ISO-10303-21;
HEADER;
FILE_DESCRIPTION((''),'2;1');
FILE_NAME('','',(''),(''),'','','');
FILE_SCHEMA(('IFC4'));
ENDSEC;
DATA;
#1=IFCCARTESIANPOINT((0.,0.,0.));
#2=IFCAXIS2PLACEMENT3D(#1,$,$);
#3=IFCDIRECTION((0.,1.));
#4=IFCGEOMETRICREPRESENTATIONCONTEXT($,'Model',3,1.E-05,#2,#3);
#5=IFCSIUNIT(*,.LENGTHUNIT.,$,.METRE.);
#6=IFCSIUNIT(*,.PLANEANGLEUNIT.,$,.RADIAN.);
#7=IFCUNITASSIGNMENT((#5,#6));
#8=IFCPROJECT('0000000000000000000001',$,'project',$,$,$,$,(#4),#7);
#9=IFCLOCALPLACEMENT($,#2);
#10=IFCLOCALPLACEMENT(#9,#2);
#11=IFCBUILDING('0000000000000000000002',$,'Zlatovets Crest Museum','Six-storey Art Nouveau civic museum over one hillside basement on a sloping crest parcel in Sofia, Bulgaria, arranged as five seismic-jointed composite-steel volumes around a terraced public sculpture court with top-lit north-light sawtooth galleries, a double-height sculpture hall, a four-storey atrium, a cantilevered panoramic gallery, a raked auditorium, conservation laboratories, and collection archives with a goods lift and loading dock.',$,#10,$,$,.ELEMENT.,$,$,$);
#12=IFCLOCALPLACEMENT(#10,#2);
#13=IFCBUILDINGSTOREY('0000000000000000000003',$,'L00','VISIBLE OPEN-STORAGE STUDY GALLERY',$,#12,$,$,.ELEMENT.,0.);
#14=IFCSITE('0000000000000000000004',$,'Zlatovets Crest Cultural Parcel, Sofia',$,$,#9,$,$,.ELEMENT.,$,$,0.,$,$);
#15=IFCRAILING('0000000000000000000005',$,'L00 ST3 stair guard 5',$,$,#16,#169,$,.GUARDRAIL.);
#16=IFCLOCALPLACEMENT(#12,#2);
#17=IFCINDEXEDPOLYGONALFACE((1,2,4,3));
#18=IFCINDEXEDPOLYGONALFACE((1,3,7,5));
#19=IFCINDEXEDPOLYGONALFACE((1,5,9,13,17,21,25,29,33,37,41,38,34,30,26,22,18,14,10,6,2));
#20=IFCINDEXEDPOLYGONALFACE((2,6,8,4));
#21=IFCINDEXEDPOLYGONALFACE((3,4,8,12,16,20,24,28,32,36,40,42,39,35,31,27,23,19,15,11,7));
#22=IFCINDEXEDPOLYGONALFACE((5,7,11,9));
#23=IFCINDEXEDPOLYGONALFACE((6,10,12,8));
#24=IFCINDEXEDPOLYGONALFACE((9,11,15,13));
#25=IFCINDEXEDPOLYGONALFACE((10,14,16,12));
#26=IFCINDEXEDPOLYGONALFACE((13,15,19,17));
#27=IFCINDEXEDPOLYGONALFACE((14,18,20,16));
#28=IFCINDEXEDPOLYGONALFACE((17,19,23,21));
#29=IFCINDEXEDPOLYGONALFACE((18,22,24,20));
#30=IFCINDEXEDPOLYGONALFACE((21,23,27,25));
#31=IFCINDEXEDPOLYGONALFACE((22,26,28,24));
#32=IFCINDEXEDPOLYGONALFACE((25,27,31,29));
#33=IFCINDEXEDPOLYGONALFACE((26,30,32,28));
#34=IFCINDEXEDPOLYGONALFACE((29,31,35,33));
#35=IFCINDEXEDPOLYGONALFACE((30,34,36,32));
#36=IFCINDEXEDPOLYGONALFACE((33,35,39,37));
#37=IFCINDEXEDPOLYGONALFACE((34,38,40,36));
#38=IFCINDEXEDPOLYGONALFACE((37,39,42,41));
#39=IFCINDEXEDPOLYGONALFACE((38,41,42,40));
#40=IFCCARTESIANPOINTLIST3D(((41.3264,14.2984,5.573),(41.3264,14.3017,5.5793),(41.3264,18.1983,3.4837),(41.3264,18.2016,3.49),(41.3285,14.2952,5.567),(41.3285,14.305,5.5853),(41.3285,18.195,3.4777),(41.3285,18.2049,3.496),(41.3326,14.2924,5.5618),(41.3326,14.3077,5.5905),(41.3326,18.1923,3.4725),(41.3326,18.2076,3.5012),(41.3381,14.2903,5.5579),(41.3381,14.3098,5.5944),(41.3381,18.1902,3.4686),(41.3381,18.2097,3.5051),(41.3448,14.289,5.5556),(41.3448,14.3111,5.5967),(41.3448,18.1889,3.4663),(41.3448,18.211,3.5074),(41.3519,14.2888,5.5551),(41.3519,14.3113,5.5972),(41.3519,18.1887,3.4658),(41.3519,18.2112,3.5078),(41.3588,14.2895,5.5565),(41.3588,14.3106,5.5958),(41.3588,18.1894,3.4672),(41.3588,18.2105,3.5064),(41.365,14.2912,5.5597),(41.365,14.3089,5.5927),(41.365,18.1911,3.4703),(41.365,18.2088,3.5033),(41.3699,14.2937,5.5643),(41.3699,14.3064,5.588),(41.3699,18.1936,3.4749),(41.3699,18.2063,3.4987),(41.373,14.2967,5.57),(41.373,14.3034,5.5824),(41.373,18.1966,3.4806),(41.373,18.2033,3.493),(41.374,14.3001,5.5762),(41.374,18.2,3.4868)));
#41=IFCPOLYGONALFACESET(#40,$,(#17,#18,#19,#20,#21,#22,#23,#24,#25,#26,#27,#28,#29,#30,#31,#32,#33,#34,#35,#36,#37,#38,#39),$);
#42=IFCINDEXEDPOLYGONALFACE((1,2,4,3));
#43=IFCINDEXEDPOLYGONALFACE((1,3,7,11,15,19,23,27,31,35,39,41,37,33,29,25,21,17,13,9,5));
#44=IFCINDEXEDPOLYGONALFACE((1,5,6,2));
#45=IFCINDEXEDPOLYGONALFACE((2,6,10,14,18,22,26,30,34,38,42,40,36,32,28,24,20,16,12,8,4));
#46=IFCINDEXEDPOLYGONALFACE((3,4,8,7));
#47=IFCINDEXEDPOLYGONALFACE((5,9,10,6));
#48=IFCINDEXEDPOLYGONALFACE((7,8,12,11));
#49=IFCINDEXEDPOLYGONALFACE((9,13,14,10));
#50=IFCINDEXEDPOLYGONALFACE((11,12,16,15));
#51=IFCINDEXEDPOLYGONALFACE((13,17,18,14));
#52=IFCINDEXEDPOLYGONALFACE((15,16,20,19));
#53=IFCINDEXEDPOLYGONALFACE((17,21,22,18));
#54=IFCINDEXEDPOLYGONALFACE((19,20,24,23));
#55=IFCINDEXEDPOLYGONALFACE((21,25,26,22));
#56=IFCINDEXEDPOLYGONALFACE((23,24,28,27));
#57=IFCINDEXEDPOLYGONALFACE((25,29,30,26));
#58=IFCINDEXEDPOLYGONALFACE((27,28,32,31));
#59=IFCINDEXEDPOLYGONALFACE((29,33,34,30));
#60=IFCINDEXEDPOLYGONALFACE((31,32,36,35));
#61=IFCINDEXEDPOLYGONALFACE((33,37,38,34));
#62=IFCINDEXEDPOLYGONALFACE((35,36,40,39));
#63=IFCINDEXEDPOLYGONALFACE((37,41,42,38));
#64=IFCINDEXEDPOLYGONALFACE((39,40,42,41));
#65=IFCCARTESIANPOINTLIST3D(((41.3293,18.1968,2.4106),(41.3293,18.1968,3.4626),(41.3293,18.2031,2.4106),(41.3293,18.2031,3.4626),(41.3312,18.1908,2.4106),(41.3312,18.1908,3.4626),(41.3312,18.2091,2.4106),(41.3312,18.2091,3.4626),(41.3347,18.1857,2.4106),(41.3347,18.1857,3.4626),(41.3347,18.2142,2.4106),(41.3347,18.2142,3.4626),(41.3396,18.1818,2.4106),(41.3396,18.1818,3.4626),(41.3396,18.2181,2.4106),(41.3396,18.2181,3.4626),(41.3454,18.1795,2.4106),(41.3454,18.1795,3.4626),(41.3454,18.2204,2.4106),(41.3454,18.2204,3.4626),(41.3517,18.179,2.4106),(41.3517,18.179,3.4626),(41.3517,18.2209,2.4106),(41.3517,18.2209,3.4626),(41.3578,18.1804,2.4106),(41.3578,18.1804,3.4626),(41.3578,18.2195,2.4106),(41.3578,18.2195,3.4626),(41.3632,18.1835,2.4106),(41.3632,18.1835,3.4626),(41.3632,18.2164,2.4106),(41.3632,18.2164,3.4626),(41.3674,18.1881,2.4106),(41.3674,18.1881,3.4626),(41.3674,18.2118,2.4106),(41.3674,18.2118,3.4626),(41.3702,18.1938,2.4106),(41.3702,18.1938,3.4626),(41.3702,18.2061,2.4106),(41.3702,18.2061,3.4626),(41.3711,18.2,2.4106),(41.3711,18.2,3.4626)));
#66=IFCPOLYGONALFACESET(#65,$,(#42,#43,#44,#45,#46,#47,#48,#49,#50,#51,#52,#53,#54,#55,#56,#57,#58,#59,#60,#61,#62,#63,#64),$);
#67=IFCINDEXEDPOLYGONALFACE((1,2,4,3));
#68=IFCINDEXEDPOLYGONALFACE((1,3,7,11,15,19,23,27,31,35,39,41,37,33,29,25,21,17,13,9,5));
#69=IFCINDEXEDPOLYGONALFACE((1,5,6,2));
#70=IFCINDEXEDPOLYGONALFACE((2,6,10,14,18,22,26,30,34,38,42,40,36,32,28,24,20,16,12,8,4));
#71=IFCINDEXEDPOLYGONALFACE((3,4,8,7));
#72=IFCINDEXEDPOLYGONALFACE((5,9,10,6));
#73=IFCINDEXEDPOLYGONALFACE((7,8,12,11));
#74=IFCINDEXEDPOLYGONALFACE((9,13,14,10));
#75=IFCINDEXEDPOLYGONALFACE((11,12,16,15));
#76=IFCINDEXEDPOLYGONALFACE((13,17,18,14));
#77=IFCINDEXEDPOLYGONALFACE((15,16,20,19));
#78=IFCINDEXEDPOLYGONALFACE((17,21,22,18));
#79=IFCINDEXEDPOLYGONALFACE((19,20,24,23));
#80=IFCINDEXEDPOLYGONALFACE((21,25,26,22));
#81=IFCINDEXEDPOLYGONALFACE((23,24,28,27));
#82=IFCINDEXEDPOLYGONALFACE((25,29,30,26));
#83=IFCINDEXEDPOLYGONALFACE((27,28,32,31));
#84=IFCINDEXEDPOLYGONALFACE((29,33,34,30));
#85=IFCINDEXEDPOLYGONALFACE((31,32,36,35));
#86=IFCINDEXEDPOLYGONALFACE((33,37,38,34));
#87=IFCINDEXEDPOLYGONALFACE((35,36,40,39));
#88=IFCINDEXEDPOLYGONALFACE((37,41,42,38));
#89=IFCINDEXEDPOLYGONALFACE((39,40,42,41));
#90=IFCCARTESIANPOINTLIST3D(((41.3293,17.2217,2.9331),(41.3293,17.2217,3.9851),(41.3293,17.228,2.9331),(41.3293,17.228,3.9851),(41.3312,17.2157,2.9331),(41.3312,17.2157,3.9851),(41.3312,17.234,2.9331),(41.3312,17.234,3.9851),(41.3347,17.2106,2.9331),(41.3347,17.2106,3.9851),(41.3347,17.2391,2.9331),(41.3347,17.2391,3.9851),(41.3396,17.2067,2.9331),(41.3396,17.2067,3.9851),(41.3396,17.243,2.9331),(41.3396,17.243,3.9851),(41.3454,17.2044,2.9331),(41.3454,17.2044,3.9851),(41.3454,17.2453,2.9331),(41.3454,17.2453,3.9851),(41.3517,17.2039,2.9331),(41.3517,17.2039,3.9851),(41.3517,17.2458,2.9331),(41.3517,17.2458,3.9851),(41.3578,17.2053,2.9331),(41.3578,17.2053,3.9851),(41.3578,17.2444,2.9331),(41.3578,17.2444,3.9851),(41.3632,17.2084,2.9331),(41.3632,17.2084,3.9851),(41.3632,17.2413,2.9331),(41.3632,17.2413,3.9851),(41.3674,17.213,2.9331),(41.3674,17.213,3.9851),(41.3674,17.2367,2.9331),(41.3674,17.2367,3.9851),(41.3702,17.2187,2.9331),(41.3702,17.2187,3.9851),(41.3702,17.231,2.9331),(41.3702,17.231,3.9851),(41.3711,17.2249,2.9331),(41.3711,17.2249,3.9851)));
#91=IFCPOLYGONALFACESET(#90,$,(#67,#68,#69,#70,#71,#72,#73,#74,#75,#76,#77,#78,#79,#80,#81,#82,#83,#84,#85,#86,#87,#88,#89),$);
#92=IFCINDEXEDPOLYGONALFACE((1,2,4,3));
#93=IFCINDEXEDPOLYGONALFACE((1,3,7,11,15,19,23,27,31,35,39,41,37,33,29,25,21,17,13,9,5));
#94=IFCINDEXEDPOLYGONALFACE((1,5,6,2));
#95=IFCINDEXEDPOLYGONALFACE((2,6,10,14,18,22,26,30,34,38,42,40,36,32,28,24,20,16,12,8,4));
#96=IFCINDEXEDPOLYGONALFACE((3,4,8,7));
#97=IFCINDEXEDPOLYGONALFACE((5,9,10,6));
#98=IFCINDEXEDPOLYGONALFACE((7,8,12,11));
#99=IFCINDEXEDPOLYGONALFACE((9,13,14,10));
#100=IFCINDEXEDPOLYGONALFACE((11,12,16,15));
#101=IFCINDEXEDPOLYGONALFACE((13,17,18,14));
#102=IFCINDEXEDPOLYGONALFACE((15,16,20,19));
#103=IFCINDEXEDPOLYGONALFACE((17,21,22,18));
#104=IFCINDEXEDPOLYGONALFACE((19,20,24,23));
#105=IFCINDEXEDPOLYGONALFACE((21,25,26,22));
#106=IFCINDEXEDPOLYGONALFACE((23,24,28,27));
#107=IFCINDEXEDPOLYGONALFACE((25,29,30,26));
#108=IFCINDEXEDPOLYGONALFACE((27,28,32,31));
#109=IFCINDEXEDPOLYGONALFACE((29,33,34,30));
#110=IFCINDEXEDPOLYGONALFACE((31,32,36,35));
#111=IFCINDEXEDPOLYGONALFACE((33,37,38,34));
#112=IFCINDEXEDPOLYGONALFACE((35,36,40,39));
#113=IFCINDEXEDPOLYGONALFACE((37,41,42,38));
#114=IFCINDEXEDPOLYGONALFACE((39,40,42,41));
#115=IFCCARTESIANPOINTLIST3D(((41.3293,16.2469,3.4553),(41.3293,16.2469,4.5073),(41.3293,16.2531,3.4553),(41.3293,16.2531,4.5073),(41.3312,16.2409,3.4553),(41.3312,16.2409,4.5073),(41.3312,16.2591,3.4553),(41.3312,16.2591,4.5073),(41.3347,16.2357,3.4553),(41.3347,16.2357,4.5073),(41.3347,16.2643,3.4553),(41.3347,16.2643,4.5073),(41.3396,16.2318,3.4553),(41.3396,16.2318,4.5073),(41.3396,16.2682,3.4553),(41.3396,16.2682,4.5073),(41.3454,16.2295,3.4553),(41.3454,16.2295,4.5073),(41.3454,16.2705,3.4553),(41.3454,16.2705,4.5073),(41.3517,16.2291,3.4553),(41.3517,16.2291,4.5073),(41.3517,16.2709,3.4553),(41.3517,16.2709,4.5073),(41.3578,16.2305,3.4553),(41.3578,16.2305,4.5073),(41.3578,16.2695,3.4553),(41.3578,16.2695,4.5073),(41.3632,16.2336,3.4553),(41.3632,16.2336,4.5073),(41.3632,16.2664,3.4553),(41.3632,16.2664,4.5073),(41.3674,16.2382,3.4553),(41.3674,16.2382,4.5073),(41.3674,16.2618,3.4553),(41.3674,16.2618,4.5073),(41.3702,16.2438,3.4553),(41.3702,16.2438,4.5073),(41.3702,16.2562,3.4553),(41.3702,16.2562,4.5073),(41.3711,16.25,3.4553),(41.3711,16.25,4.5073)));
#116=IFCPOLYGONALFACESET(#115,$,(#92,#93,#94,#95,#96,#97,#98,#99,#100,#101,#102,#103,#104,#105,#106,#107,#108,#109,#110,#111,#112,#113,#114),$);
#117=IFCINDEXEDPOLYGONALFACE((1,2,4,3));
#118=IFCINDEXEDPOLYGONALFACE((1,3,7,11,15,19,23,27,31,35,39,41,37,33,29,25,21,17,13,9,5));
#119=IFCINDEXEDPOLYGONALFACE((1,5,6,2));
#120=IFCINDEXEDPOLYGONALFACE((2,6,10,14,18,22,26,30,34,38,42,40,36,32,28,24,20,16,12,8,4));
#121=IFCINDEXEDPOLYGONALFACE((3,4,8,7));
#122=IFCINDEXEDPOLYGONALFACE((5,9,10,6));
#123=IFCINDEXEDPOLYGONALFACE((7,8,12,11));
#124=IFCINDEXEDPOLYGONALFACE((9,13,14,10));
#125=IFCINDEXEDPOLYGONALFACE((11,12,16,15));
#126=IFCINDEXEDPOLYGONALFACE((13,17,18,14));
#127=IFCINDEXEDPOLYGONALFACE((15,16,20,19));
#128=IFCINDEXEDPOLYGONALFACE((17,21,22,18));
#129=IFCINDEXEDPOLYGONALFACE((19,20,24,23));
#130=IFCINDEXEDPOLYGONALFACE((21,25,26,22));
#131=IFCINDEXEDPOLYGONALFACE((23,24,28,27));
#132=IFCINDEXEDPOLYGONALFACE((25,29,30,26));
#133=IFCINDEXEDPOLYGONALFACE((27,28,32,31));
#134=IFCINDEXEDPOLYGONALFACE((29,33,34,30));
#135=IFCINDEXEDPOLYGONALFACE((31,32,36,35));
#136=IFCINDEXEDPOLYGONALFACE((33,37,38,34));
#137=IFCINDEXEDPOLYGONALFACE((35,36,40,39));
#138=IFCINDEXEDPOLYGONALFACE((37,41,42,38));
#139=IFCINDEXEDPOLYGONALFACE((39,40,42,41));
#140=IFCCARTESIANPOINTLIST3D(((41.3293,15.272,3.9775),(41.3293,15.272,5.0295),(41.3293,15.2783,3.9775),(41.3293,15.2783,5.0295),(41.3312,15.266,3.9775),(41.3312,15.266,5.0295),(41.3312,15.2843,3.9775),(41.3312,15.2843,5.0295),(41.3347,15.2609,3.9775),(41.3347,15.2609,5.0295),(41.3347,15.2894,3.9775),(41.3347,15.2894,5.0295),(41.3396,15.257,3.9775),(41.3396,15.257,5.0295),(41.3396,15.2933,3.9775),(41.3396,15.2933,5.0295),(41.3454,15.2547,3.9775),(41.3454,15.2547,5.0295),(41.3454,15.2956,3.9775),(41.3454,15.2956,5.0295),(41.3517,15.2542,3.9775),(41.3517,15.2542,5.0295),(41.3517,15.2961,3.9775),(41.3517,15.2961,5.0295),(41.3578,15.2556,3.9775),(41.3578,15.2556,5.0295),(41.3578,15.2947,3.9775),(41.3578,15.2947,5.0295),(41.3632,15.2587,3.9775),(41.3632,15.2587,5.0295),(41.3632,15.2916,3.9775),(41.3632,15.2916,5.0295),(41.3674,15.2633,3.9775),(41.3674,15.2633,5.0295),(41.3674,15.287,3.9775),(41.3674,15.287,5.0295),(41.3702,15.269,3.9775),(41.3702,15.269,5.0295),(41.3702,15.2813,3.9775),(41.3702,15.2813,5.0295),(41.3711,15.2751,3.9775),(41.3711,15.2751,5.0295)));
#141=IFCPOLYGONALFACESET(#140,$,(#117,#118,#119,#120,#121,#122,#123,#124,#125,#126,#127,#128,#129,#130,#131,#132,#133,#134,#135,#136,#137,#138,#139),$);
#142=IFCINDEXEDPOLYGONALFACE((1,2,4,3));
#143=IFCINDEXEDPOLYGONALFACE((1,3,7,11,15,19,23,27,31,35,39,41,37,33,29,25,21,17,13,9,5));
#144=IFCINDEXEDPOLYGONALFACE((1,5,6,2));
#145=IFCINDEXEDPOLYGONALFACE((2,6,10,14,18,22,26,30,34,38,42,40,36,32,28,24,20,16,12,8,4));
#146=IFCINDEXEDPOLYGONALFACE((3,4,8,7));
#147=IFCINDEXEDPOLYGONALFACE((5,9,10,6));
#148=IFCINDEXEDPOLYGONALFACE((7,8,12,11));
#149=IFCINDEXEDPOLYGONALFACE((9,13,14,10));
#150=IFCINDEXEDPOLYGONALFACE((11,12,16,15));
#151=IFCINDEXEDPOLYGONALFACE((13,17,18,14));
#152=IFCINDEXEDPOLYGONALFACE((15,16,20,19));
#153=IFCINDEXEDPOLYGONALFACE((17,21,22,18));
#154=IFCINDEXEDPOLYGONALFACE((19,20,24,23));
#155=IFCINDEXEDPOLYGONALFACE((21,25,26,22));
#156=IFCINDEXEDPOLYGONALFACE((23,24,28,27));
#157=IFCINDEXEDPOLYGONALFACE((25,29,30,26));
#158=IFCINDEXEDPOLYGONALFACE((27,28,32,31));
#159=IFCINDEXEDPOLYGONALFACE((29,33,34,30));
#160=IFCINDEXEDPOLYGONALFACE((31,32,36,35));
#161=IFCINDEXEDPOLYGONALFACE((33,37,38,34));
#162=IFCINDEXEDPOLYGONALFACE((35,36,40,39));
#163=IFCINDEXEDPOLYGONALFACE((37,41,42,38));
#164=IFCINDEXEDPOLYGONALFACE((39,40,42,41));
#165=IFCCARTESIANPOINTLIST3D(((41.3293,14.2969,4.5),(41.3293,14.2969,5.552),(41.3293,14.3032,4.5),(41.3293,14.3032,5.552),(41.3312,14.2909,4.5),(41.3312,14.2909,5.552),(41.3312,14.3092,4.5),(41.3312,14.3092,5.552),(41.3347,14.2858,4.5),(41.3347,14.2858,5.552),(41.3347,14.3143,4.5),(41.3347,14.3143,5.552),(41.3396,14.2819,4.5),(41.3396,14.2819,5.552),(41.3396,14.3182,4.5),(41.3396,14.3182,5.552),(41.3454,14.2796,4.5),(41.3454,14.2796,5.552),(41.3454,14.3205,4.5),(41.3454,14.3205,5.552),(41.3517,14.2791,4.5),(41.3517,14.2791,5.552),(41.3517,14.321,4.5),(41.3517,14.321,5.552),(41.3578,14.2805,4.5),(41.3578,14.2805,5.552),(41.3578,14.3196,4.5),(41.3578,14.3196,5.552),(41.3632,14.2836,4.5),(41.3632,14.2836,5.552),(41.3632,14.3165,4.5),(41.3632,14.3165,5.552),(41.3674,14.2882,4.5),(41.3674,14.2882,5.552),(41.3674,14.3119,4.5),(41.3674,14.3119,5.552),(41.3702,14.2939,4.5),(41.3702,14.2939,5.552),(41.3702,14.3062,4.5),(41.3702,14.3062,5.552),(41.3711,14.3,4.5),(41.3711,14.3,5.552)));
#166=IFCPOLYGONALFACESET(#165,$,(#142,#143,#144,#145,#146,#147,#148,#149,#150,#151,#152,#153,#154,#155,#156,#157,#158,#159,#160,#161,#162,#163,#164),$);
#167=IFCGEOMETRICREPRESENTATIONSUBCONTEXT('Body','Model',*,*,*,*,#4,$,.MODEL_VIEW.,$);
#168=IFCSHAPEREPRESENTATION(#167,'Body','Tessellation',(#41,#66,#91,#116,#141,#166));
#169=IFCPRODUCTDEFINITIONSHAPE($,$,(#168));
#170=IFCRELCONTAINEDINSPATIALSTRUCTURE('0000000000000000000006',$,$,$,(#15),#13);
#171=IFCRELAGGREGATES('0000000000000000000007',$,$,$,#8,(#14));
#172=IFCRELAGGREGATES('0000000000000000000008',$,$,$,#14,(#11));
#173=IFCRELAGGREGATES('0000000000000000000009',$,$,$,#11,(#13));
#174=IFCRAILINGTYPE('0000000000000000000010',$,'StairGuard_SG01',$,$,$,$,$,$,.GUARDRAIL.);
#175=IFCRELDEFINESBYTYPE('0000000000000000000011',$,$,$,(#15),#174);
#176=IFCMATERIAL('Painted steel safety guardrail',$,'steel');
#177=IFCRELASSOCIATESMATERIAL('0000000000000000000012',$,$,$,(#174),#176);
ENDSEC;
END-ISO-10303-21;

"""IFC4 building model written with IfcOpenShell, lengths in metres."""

from ifc_helpers import new_model, si_unit, direction, frame, origin, origin_2d, place, context, subcontext, project, spatial, circle, extrude, material, type_object, element, save


model = new_model("IFC4")

# Units and contexts
model_context = context("Model", 3, precision=1e-05, world=origin(), true_north=direction((0.0, 1.0)))
body_context = subcontext(model_context, "Body", "Model", "MODEL_VIEW")
ifc_project = project(units=[si_unit("LENGTHUNIT", "METRE"), si_unit("PLANEANGLEUNIT", "RADIAN")], contexts=[model_context])

# Site, building, storey
site_placement = place(None, origin())
site = spatial("IfcSite", under=ifc_project, at=site_placement, Name="Zlatovets Crest Cultural Parcel, Sofia", CompositionType="ELEMENT", RefElevation=0.0)
building_placement = place(site_placement, origin())
building = spatial("IfcBuilding", under=site, at=building_placement, Name="Zlatovets Crest Museum", Description="Six-storey Art Nouveau civic museum over one hillside basement on a sloping crest parcel in Sofia, Bulgaria, arranged as five seismic-jointed composite-steel volumes around a terraced public sculpture court with top-lit north-light sawtooth galleries, a double-height sculpture hall, a four-storey atrium, a cantilevered panoramic gallery, a raked auditorium, conservation laboratories, and collection archives with a goods lift and loading dock.", CompositionType="ELEMENT")
storey_placement = place(building_placement, origin())
storey = spatial("IfcBuildingStorey", under=building, at=storey_placement, Name="L00", Description="VISIBLE OPEN-STORAGE STUDY GALLERY", CompositionType="ELEMENT", Elevation=0.0)

# Railing
ifc_material_1 = material(Name="Painted steel safety guardrail", Category="steel")
railing_type_1 = type_object("IfcRailingType", Name="StairGuard_SG01", PredefinedType="GUARDRAIL", material=ifc_material_1)
railing_1_placement = place(storey_placement, frame((41.3501, 18.2, 2.4106)))
element("IfcRailing", 1, at=railing_1_placement, inside=storey, type_object=railing_type_1, Name="L00 ST3 stair guard 5", PredefinedType="GUARDRAIL", context=body_context, shape_type="SweptSolid", body=[
    extrude(circle(Radius=0.0239, at=origin_2d()), frame((0.0, 0.0, 1.0762), z_axis=(0.0, -0.881468, 0.472243), x_axis=(1.0, 0.0, 0.0)), (0.0, 0.0, 1.0), 4.4243),
    extrude(circle(Radius=0.021, at=origin_2d()), origin(), (0.0, 0.0, 1.0), 1.052),
    extrude(circle(Radius=0.021, at=origin_2d()), frame((0.0, -0.9751, 0.5225)), (0.0, 0.0, 1.0), 1.052),
    extrude(circle(Radius=0.021, at=origin_2d()), frame((0.0, -1.95, 1.0447)), (0.0, 0.0, 1.0), 1.052),
    extrude(circle(Radius=0.021, at=origin_2d()), frame((0.0, -2.9248, 1.5669)), (0.0, 0.0, 1.0), 1.052),
    extrude(circle(Radius=0.021, at=origin_2d()), frame((0.0, -3.8999, 2.0894)), (0.0, 0.0, 1.0), 1.052),
])

save(model, "model.ifc")
